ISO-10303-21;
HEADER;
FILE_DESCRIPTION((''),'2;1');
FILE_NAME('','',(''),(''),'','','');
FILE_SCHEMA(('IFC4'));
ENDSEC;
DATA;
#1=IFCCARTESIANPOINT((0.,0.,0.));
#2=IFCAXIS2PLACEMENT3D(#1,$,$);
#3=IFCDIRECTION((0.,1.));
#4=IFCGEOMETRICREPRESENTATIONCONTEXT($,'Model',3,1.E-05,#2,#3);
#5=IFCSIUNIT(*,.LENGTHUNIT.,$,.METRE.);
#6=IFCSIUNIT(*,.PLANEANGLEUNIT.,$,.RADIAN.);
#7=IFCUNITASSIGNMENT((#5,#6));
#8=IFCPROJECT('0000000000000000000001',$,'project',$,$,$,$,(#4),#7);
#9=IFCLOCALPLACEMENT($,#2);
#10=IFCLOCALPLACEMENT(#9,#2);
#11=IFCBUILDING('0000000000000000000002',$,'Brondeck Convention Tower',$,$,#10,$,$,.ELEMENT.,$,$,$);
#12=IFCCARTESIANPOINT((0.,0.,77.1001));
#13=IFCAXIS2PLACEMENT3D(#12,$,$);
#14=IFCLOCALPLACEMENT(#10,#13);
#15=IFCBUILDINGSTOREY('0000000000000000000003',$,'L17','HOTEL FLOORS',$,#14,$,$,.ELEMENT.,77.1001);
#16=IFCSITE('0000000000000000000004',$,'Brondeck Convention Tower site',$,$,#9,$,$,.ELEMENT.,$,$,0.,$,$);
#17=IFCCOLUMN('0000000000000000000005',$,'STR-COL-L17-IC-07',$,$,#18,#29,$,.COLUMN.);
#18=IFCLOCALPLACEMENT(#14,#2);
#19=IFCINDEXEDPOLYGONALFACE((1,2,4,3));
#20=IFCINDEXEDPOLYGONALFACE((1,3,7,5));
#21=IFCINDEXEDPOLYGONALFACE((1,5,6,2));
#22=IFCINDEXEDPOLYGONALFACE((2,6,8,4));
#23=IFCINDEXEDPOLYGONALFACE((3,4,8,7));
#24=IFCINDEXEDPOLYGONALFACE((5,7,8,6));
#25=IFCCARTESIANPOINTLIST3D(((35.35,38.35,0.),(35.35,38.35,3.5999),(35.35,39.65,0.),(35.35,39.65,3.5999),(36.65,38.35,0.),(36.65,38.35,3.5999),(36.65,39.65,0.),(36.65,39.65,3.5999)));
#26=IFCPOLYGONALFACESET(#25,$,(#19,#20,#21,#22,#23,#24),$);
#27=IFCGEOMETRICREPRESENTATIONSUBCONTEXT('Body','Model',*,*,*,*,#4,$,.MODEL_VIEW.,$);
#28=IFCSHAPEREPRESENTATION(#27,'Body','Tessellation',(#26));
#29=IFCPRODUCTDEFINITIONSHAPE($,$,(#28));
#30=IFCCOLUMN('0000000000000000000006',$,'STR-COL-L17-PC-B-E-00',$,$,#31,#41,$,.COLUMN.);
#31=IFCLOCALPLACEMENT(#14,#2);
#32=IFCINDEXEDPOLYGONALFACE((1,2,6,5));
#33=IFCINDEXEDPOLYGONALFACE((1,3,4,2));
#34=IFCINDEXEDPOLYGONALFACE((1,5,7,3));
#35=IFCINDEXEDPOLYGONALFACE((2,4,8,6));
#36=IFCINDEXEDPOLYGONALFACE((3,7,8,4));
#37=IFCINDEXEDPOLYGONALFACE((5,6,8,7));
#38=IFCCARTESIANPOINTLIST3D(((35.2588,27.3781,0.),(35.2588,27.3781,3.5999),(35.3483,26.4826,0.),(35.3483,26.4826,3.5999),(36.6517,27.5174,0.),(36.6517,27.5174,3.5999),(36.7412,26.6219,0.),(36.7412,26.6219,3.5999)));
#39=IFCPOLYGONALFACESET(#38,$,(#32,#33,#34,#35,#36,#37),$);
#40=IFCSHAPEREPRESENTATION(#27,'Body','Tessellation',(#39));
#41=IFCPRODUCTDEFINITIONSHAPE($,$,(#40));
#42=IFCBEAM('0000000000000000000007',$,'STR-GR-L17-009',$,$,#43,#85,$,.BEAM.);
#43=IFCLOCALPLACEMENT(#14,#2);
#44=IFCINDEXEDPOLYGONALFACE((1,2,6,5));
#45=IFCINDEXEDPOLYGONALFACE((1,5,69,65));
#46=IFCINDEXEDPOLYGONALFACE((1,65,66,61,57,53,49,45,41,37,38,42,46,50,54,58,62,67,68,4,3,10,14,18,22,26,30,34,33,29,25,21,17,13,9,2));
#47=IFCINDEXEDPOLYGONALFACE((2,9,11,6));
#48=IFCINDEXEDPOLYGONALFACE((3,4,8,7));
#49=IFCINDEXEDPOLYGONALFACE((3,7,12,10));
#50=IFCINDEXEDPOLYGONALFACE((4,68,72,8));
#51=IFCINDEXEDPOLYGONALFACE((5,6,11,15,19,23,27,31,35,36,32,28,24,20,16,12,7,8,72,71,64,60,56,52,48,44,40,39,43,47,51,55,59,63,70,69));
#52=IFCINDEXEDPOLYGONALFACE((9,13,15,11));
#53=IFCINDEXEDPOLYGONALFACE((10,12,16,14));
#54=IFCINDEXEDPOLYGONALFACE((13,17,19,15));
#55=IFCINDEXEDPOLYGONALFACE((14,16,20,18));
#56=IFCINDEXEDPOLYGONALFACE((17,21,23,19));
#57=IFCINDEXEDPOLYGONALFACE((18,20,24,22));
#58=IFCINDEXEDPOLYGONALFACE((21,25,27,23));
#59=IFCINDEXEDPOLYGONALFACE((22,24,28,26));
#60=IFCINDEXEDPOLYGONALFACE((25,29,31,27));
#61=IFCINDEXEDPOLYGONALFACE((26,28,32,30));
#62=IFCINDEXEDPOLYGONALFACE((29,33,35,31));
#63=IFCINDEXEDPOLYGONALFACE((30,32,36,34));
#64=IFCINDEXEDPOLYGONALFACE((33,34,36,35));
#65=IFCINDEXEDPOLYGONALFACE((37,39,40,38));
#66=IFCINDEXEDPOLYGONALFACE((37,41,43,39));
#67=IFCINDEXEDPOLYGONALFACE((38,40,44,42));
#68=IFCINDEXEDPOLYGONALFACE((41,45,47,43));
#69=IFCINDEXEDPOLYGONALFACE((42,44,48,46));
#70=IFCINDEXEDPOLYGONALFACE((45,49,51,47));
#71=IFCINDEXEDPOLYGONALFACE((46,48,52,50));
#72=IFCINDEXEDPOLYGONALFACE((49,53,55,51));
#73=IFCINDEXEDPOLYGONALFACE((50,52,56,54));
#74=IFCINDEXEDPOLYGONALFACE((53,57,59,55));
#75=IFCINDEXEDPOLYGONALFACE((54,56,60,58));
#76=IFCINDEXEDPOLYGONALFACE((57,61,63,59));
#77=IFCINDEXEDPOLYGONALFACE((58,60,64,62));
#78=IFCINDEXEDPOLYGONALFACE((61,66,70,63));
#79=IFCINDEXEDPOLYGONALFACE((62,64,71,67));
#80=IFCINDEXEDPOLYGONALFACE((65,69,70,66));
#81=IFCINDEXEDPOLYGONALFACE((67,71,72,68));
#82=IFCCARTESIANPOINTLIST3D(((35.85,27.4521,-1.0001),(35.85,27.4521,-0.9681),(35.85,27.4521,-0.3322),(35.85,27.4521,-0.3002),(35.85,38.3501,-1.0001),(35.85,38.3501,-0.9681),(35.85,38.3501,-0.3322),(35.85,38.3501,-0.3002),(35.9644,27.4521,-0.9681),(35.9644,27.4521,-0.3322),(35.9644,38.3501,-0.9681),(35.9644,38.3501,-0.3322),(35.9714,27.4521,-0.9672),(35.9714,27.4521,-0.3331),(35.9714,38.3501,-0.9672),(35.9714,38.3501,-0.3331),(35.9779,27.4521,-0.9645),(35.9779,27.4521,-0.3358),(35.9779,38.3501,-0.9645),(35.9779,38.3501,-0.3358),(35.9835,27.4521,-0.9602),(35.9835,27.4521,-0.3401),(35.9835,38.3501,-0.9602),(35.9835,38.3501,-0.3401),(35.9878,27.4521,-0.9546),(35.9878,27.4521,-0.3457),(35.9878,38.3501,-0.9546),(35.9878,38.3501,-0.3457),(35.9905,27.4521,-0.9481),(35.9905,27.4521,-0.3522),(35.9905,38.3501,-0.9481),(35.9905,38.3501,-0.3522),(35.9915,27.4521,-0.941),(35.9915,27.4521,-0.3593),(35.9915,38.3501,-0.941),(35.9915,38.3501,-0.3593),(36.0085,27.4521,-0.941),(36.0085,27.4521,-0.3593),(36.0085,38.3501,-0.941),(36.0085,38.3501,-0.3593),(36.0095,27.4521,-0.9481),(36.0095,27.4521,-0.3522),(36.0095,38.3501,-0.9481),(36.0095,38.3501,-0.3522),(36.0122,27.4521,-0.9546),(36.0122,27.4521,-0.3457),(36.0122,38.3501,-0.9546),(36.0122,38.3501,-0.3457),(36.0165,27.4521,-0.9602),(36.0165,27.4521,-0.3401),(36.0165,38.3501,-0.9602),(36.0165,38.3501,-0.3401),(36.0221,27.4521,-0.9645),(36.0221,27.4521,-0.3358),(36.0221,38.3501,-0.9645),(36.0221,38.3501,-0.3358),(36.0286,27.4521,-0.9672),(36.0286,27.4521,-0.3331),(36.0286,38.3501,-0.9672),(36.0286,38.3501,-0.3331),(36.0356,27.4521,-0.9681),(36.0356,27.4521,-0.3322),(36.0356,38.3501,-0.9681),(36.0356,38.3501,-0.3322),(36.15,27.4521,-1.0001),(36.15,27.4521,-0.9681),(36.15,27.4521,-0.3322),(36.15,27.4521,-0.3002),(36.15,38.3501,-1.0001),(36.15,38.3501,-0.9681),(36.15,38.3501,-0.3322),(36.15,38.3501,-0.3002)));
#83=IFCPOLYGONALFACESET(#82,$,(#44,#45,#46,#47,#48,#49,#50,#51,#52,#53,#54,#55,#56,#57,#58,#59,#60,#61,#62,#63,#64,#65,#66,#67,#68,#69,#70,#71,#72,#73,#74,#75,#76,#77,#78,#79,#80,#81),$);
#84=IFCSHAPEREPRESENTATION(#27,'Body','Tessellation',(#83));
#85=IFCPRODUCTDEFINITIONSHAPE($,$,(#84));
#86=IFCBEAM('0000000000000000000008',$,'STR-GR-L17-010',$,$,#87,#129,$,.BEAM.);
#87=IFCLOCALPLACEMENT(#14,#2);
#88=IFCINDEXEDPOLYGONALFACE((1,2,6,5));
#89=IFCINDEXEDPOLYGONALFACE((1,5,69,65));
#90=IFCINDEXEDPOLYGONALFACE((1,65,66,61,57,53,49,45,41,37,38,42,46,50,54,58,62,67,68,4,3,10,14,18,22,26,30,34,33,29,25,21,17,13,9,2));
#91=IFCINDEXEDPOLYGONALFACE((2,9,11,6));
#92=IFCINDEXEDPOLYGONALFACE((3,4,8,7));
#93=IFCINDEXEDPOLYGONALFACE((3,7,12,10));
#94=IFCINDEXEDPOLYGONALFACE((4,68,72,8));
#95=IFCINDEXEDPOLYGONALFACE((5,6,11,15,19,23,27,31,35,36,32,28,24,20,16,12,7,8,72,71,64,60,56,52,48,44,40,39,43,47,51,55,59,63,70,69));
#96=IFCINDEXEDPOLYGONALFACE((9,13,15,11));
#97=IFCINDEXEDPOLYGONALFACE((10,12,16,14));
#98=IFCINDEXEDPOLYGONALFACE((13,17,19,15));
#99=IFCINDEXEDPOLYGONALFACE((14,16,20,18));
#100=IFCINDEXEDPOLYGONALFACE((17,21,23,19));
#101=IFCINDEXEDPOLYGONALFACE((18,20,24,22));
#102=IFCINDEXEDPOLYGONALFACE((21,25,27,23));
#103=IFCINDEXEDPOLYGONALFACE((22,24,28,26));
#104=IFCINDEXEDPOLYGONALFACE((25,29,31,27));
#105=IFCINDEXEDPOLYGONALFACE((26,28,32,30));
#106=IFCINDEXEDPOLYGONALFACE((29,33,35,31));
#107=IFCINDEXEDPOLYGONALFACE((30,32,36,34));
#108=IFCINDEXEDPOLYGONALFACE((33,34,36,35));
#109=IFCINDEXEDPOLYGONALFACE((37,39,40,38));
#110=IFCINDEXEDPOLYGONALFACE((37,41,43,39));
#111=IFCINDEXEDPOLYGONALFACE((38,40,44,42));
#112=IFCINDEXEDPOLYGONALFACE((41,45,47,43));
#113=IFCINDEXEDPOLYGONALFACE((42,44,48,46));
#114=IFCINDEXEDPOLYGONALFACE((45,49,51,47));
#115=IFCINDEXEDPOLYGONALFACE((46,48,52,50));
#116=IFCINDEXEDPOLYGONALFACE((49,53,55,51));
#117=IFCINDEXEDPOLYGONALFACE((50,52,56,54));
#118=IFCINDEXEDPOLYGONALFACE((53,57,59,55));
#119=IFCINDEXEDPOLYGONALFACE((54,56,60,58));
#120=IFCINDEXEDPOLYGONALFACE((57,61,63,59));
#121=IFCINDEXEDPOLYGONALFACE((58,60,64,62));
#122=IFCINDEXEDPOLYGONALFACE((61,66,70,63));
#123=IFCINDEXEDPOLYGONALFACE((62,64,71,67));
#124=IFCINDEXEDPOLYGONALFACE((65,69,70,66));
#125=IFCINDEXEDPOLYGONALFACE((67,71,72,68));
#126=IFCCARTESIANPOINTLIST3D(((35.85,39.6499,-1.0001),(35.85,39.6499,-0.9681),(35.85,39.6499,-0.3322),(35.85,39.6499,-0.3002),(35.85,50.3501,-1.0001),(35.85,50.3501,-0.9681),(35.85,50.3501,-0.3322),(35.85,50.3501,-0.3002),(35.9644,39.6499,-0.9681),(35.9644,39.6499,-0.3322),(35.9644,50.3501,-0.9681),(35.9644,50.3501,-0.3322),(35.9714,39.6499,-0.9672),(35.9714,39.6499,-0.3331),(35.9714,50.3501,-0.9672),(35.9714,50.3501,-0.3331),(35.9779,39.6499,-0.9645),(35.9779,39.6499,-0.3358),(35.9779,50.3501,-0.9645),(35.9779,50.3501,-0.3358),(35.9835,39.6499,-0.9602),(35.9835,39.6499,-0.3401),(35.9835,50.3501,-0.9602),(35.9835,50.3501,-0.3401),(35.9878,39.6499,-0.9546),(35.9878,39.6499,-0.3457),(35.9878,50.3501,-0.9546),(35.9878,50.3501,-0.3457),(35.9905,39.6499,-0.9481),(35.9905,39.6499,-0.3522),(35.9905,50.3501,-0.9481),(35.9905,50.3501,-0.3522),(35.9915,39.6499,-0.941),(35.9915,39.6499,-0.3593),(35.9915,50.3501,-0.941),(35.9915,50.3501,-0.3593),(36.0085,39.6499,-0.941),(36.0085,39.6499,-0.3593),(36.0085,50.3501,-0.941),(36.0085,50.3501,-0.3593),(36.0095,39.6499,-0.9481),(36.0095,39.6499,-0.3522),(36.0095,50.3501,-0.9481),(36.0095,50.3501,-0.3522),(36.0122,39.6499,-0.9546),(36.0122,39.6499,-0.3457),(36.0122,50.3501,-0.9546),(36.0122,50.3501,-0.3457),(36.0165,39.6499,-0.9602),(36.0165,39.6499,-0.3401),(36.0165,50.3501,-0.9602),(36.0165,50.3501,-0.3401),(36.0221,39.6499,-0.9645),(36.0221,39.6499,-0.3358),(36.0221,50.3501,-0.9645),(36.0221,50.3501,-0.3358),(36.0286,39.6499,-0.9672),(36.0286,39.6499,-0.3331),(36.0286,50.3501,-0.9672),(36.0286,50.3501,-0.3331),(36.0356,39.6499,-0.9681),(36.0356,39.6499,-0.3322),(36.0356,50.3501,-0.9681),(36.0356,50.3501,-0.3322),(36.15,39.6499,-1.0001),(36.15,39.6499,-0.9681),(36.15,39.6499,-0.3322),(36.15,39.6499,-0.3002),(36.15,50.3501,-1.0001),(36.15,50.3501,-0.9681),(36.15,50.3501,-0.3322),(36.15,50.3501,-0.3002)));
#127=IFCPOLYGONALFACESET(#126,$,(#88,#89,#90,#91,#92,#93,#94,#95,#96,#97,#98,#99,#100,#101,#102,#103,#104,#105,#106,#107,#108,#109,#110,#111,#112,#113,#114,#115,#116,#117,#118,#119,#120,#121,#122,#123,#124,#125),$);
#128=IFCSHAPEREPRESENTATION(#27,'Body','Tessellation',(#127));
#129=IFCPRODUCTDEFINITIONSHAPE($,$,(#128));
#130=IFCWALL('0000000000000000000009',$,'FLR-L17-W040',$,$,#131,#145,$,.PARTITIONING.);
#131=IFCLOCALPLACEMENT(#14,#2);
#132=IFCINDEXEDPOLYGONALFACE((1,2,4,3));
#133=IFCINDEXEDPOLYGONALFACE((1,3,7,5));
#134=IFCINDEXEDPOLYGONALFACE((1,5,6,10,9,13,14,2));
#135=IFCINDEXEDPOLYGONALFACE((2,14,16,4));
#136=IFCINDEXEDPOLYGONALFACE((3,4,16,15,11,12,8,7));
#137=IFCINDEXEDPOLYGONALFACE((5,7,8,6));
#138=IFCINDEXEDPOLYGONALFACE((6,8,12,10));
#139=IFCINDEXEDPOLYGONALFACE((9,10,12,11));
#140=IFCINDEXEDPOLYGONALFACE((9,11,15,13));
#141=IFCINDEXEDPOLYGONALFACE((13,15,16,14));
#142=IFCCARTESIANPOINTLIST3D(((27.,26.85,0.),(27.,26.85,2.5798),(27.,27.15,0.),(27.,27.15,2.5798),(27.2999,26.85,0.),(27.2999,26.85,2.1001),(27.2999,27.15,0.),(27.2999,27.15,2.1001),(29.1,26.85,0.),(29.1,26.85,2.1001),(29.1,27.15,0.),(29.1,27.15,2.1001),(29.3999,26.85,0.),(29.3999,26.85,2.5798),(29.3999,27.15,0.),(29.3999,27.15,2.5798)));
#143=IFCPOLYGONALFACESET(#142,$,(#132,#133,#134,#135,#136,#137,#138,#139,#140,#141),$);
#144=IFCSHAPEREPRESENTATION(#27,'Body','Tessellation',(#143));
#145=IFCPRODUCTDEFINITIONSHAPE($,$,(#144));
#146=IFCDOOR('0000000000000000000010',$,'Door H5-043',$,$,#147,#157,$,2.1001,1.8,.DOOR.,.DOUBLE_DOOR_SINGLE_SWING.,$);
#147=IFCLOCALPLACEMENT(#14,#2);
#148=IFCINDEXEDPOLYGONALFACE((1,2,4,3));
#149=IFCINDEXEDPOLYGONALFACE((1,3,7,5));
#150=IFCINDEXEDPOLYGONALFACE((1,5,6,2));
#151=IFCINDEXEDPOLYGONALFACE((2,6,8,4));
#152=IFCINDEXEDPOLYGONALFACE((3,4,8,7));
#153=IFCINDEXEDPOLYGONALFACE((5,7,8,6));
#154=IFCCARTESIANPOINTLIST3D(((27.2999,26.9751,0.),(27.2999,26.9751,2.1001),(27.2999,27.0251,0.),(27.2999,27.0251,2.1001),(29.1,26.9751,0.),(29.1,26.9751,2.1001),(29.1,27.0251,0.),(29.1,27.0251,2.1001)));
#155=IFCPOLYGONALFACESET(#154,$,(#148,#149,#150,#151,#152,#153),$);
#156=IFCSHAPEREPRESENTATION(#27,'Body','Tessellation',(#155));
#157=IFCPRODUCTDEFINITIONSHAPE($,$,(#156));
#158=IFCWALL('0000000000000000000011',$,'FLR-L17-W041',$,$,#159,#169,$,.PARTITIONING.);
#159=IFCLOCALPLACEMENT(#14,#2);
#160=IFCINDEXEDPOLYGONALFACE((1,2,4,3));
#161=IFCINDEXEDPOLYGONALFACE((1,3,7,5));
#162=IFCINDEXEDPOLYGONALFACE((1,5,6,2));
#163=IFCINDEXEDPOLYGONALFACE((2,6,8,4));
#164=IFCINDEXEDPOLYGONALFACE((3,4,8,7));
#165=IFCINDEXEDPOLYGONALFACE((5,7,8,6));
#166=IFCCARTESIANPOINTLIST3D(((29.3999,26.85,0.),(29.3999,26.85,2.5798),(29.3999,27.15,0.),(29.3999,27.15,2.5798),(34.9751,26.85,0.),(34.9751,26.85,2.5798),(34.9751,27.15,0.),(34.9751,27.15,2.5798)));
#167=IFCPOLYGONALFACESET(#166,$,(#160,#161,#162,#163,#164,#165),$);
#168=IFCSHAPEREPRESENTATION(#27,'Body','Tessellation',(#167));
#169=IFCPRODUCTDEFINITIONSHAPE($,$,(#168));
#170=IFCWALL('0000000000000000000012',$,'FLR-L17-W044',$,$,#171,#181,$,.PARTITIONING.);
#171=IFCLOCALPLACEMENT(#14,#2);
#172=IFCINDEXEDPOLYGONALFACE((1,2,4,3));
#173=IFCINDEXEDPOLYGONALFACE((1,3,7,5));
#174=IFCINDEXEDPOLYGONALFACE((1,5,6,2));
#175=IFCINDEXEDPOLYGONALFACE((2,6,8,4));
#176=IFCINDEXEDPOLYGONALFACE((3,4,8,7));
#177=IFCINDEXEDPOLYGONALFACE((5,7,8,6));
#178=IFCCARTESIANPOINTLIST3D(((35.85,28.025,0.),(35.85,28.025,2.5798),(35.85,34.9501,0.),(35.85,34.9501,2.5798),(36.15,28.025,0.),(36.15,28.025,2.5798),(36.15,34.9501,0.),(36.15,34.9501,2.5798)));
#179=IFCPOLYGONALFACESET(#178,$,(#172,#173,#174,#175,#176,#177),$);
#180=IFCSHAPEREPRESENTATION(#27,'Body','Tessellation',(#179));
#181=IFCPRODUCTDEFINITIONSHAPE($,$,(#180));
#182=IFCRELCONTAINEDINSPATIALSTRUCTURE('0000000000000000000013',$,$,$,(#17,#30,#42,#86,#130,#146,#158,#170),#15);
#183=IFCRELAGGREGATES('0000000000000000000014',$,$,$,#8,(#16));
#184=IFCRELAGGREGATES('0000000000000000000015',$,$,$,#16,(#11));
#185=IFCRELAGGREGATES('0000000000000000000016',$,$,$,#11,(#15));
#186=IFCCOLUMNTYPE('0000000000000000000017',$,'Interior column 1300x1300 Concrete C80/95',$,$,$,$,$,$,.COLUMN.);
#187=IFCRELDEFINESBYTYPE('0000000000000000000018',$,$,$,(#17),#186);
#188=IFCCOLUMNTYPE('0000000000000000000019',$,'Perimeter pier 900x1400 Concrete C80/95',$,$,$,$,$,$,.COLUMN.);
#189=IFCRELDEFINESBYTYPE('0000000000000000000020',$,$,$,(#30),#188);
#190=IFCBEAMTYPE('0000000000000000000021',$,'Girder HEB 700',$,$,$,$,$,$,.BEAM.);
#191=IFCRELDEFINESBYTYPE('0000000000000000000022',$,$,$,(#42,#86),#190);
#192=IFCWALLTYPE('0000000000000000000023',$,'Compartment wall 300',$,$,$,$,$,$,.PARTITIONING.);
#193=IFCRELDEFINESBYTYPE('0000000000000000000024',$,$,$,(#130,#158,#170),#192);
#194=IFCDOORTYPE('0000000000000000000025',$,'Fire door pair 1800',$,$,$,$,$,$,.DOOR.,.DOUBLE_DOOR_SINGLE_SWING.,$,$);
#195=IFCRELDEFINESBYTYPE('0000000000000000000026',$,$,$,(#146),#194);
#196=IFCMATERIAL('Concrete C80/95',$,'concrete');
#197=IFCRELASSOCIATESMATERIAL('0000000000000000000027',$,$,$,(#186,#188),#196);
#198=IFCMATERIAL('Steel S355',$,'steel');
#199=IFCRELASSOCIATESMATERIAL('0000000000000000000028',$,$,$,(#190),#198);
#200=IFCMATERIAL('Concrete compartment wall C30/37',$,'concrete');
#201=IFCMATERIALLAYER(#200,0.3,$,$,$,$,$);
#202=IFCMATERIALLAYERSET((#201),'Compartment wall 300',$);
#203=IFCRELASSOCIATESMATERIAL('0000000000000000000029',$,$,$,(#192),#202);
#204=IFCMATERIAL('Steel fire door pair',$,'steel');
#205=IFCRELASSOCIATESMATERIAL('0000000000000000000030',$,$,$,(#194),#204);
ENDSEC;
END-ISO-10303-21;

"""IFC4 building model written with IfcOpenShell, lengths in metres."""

from ifc_helpers import new_model, si_unit, direction, frame, frame_2d, origin, origin_2d, place, context, subcontext, project, spatial, rectangle, i_section, extrude, material, layer, layer_set, material_profile, profile_set, type_object, element, fill, save


model = new_model("IFC4")

# Units and contexts
model_context = context("Model", 3, precision=1e-05, world=origin(), true_north=direction((0.0, 1.0)))
body_context = subcontext(model_context, "Body", "Model", "MODEL_VIEW")
ifc_project = project(units=[si_unit("LENGTHUNIT", "METRE"), si_unit("PLANEANGLEUNIT", "RADIAN")], contexts=[model_context])

# Site, building, storey
site_placement = place(None, origin())
site = spatial("IfcSite", under=ifc_project, at=site_placement, Name="Brondeck Convention Tower site", CompositionType="ELEMENT", RefElevation=0.0)
building_placement = place(site_placement, origin())
building = spatial("IfcBuilding", under=site, at=building_placement, Name="Brondeck Convention Tower", CompositionType="ELEMENT")
storey_placement = place(building_placement, frame((0.0, 0.0, 77.1001)))
storey = spatial("IfcBuildingStorey", under=building, at=storey_placement, Name="L17", Description="HOTEL FLOORS", CompositionType="ELEMENT", Elevation=77.1001)

# Columns
ifc_material_1 = material(Name="Concrete C80/95", Category="concrete")
ifc_material_profile_1 = material_profile(ifc_material_1, rectangle(XDim=1.3, YDim=1.3, at=origin_2d()), Name="Interior column 1300x1300 Concrete C80/95")
ifc_profile_set_1 = profile_set([ifc_material_profile_1], Name="Concrete C80/95")
column_type_1 = type_object("IfcColumnType", Name="Interior column 1300x1300 Concrete C80/95", PredefinedType="COLUMN", material=ifc_profile_set_1)
column_1_placement = place(storey_placement, frame((36.0, 39.0, 0.0), z_axis=(0.0, 0.0, 1.0), x_axis=(1.0, 0.0, 0.0)))
element("IfcColumn", 1, at=column_1_placement, inside=storey, type_object=column_type_1, Name="STR-COL-L17-IC-07", PredefinedType="COLUMN", context=body_context, shape_type="SweptSolid", body=[
    extrude(rectangle(XDim=1.3, YDim=1.3, at=origin_2d()), origin(), (0.0, 0.0, 1.0), 3.5999),
])
ifc_material_profile_2 = material_profile(ifc_material_1, rectangle(XDim=0.8999, YDim=1.3999, at=origin_2d()), Name="Perimeter pier 900x1400 Concrete C80/95")
ifc_profile_set_2 = profile_set([ifc_material_profile_2], Name="Concrete C80/95")
column_type_2 = type_object("IfcColumnType", Name="Perimeter pier 900x1400 Concrete C80/95", PredefinedType="COLUMN", material=ifc_profile_set_2)
column_2_placement = place(storey_placement, frame((36.0, 27.0, 0.0), z_axis=(0.0, 0.0, 1.0), x_axis=(-0.099504, 0.995037, 0.0)))
element("IfcColumn", 2, at=column_2_placement, inside=storey, type_object=column_type_2, Name="STR-COL-L17-PC-B-E-00", PredefinedType="COLUMN", context=body_context, shape_type="SweptSolid", body=[
    extrude(rectangle(XDim=0.8999, YDim=1.3999, at=origin_2d()), origin(), (0.0, 0.0, 1.0), 3.5999),
])

# Beams
ifc_material_2 = material(Name="Steel S355", Category="steel")
ifc_material_profile_3 = material_profile(ifc_material_2, i_section(OverallWidth=0.3, OverallDepth=0.7, WebThickness=0.0171, FlangeThickness=0.032, FilletRadius=0.0271, at=origin_2d()), Name="HEB 700")
ifc_profile_set_3 = profile_set([ifc_material_profile_3], Name="Steel S355")
beam_type = type_object("IfcBeamType", Name="Girder HEB 700", PredefinedType="BEAM", material=ifc_profile_set_3)
beam_1_placement = place(storey_placement, frame((36.0, 27.4521, -0.6501), z_axis=(0.0, 1.0, 0.0), x_axis=(-1.0, 0.0, 0.0)))
element("IfcBeam", 3, at=beam_1_placement, inside=storey, type_object=beam_type, Name="STR-GR-L17-009", PredefinedType="BEAM", context=body_context, shape_type="SweptSolid", body=[
    extrude(i_section(OverallWidth=0.3, OverallDepth=0.7, WebThickness=0.0171, FlangeThickness=0.032, FilletRadius=0.0271, at=origin_2d()), origin(), (0.0, 0.0, 1.0), 10.8979),
])
beam_2_placement = place(storey_placement, frame((36.0, 39.6499, -0.6501), z_axis=(0.0, 1.0, 0.0), x_axis=(-1.0, 0.0, 0.0)))
element("IfcBeam", 4, at=beam_2_placement, inside=storey, type_object=beam_type, Name="STR-GR-L17-010", PredefinedType="BEAM", context=body_context, shape_type="SweptSolid", body=[
    extrude(i_section(OverallWidth=0.3, OverallDepth=0.7, WebThickness=0.0171, FlangeThickness=0.032, FilletRadius=0.0271, at=origin_2d()), origin(), (0.0, 0.0, 1.0), 10.7002),
])

# Wall, opening, door
ifc_material_3 = material(Name="Concrete compartment wall C30/37", Category="concrete")
ifc_layer_1 = layer(ifc_material_3, 0.3)
ifc_layer_set_1 = layer_set([ifc_layer_1], Name="Compartment wall 300")
wall_type_1 = type_object("IfcWallType", Name="Compartment wall 300", PredefinedType="PARTITIONING", material=ifc_layer_set_1)
wall_1_placement = place(storey_placement, frame((29.3999, 27.0, 0.0), z_axis=(0.0, 0.0, 1.0), x_axis=(-1.0, 0.0, 0.0)))
wall_1 = element("IfcWall", 5, at=wall_1_placement, inside=storey, type_object=wall_type_1, Name="FLR-L17-W040", PredefinedType="PARTITIONING", context=body_context, shape_type="SweptSolid", body=[
    extrude(rectangle(XDim=2.3999, YDim=0.3, at=frame_2d((1.2, 0.0))), origin(), (0.0, 0.0, 1.0), 2.5798),
])
opening_1_placement = place(wall_1_placement, frame((0.3, 0.0, 0.0)))
opening_1 = element("IfcOpeningElement", 6, at=opening_1_placement, cuts=wall_1, PredefinedType="OPENING", context=body_context, shape_type="SweptSolid", body=[
    extrude(rectangle(XDim=1.8, YDim=2.1001, at=frame_2d((0.8999, 1.05))), frame((0.0, 0.1599, 0.0), z_axis=(0.0, -1.0, 0.0), x_axis=(1.0, 0.0, 0.0)), (0.0, 0.0, 1.0), 0.3201),
])
ifc_material_4 = material(Name="Steel fire door pair", Category="steel")
door_type_1 = type_object("IfcDoorType", Name="Fire door pair 1800", OperationType="DOUBLE_DOOR_SINGLE_SWING", PredefinedType="DOOR", material=ifc_material_4)
door_1_placement = place(opening_1_placement, origin())
door_1 = element("IfcDoor", 7, at=door_1_placement, inside=storey, type_object=door_type_1, Name="Door H5-043", OperationType="DOUBLE_DOOR_SINGLE_SWING", OverallHeight=2.1001, OverallWidth=1.8, PredefinedType="DOOR", context=body_context, shape_type="SweptSolid", body=[
    extrude(rectangle(XDim=1.8, YDim=2.1001, at=frame_2d((0.8999, 1.05))), frame((0.0, 0.0249, 0.0), z_axis=(0.0, -1.0, 0.0), x_axis=(1.0, 0.0, 0.0)), (0.0, 0.0, 1.0), 0.05),
])
fill(opening_1, door_1)

# Walls
wall_2_placement = place(storey_placement, frame((34.9751, 27.0, 0.0), z_axis=(0.0, 0.0, 1.0), x_axis=(-1.0, 0.0, 0.0)))
element("IfcWall", 8, at=wall_2_placement, inside=storey, type_object=wall_type_1, Name="FLR-L17-W041", PredefinedType="PARTITIONING", context=body_context, shape_type="SweptSolid", body=[
    extrude(rectangle(XDim=5.5752, YDim=0.3, at=frame_2d((2.7876, 0.0))), origin(), (0.0, 0.0, 1.0), 2.5798),
])
wall_3_placement = place(storey_placement, frame((36.0, 34.95, 0.0), z_axis=(0.0, 0.0, 1.0), x_axis=(0.0, -1.0, 0.0)))
element("IfcWall", 9, at=wall_3_placement, inside=storey, type_object=wall_type_1, Name="FLR-L17-W044", PredefinedType="PARTITIONING", context=body_context, shape_type="SweptSolid", body=[
    extrude(rectangle(XDim=6.925, YDim=0.3, at=frame_2d((3.4624, 0.0))), origin(), (0.0, 0.0, 1.0), 2.5798),
])

save(model, "model.ifc")
